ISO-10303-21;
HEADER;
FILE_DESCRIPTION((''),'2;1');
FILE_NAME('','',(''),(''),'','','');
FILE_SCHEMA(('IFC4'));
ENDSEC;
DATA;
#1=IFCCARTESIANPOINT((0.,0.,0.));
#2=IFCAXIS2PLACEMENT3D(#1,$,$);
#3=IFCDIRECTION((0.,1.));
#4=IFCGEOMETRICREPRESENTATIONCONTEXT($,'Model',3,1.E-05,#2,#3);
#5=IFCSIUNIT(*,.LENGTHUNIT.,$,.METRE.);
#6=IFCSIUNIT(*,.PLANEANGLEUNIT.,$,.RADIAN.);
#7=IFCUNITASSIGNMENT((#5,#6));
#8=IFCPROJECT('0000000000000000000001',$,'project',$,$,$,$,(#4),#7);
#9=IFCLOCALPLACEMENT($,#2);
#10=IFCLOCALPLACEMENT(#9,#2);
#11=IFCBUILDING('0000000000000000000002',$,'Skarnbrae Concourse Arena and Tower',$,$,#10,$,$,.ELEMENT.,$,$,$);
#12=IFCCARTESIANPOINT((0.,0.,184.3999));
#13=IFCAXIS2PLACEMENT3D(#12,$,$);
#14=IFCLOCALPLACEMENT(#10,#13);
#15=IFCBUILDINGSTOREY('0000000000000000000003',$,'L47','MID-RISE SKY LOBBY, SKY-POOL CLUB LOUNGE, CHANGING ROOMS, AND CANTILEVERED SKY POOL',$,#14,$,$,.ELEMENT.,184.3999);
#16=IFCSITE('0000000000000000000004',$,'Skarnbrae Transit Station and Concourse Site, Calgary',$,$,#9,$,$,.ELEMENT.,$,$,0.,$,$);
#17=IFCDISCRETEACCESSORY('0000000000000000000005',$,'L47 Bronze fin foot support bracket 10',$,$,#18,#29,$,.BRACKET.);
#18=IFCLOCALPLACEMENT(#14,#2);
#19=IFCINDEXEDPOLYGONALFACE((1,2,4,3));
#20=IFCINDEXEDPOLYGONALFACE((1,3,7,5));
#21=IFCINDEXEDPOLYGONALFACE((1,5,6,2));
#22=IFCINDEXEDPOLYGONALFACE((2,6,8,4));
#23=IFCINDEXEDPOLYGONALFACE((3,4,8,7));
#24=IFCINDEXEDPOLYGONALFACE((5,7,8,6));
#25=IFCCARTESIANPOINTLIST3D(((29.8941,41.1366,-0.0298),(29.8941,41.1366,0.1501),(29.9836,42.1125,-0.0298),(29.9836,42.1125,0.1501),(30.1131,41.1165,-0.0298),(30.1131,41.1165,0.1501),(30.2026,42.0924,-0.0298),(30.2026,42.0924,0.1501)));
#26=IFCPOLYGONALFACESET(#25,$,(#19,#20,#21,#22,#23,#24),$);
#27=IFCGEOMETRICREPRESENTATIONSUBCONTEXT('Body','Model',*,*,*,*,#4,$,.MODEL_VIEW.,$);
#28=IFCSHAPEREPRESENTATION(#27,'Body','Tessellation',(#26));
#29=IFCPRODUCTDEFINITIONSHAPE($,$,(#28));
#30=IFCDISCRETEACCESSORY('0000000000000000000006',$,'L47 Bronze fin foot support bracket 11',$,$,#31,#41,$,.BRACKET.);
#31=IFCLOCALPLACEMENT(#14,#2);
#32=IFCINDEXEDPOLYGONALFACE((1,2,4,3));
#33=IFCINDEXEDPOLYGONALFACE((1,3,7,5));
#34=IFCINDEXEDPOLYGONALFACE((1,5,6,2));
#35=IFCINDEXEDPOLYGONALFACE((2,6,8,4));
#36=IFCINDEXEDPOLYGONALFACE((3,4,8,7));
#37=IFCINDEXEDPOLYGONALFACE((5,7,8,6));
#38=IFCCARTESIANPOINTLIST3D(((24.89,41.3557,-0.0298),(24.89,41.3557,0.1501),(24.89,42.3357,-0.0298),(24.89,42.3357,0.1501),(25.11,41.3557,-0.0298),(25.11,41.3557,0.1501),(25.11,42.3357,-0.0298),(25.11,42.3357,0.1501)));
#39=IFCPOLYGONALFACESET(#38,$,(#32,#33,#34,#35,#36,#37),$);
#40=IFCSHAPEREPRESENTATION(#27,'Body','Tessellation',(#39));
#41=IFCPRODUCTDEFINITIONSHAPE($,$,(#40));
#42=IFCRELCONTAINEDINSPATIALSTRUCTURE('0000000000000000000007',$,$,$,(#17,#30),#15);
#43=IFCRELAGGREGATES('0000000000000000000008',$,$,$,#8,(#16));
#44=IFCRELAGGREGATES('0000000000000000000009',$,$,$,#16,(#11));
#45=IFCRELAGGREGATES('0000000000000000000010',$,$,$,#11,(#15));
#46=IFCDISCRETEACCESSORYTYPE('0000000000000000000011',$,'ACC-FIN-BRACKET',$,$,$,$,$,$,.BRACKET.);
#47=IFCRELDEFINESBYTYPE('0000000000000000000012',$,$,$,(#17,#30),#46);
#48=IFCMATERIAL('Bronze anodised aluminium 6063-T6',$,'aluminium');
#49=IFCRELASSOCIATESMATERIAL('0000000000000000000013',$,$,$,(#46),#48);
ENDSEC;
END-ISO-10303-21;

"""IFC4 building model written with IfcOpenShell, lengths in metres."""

from ifc_helpers import new_model, si_unit, direction, frame, origin, origin_2d, place, context, subcontext, project, spatial, rectangle, extrude, source, transform, mapped, material, type_object, element, save


model = new_model("IFC4")

# Units and contexts
model_context = context("Model", 3, precision=1e-05, world=origin(), true_north=direction((0.0, 1.0)))
body_context = subcontext(model_context, "Body", "Model", "MODEL_VIEW")
ifc_project = project(units=[si_unit("LENGTHUNIT", "METRE"), si_unit("PLANEANGLEUNIT", "RADIAN")], contexts=[model_context])

# Site, building, storey
site_placement = place(None, origin())
site = spatial("IfcSite", under=ifc_project, at=site_placement, Name="Skarnbrae Transit Station and Concourse Site, Calgary", CompositionType="ELEMENT", RefElevation=0.0)
building_placement = place(site_placement, origin())
building = spatial("IfcBuilding", under=site, at=building_placement, Name="Skarnbrae Concourse Arena and Tower", CompositionType="ELEMENT")
storey_placement = place(building_placement, frame((0.0, 0.0, 184.3999)))
storey = spatial("IfcBuildingStorey", under=building, at=storey_placement, Name="L47", Description="MID-RISE SKY LOBBY, SKY-POOL CLUB LOUNGE, CHANGING ROOMS, AND CANTILEVERED SKY POOL", CompositionType="ELEMENT", Elevation=184.3999)

# Shared definitions
ifc_material_1 = material(Name="Bronze anodised aluminium 6063-T6", Category="aluminium")

# Discrete accessories
discrete_accessory_type = type_object("IfcDiscreteAccessoryType", Name="ACC-FIN-BRACKET", PredefinedType="BRACKET", material=ifc_material_1)
shared_shape_1 = source(origin(), body_context, "Body", "SweptSolid", [
    extrude(rectangle(XDim=0.22, YDim=0.98, at=origin_2d()), origin(), (0.0, 0.0, 1.0), 0.1799),
])
for number, where, z_axis, x_axis, name in (
    (1, (30.0483, 41.6145, -0.0298), (0.0, 0.0, 1.0), (0.995819, -0.091345, 0.0), "L47 Bronze fin foot support bracket 10"),
    (2, (25.0, 41.8457, -0.0298), (0.0, 0.0, 1.0), (1.0, 0.0, 0.0), "L47 Bronze fin foot support bracket 11"),
):
    element("IfcDiscreteAccessory", number, at=place(storey_placement, frame(where, z_axis=z_axis, x_axis=x_axis)), inside=storey, type_object=discrete_accessory_type, Name=name, PredefinedType="BRACKET", context=body_context, shape_type="MappedRepresentation", body=[
        mapped(shared_shape_1, transform((0.0, 0.0, 0.0))),
    ])

save(model, "model.ifc")
